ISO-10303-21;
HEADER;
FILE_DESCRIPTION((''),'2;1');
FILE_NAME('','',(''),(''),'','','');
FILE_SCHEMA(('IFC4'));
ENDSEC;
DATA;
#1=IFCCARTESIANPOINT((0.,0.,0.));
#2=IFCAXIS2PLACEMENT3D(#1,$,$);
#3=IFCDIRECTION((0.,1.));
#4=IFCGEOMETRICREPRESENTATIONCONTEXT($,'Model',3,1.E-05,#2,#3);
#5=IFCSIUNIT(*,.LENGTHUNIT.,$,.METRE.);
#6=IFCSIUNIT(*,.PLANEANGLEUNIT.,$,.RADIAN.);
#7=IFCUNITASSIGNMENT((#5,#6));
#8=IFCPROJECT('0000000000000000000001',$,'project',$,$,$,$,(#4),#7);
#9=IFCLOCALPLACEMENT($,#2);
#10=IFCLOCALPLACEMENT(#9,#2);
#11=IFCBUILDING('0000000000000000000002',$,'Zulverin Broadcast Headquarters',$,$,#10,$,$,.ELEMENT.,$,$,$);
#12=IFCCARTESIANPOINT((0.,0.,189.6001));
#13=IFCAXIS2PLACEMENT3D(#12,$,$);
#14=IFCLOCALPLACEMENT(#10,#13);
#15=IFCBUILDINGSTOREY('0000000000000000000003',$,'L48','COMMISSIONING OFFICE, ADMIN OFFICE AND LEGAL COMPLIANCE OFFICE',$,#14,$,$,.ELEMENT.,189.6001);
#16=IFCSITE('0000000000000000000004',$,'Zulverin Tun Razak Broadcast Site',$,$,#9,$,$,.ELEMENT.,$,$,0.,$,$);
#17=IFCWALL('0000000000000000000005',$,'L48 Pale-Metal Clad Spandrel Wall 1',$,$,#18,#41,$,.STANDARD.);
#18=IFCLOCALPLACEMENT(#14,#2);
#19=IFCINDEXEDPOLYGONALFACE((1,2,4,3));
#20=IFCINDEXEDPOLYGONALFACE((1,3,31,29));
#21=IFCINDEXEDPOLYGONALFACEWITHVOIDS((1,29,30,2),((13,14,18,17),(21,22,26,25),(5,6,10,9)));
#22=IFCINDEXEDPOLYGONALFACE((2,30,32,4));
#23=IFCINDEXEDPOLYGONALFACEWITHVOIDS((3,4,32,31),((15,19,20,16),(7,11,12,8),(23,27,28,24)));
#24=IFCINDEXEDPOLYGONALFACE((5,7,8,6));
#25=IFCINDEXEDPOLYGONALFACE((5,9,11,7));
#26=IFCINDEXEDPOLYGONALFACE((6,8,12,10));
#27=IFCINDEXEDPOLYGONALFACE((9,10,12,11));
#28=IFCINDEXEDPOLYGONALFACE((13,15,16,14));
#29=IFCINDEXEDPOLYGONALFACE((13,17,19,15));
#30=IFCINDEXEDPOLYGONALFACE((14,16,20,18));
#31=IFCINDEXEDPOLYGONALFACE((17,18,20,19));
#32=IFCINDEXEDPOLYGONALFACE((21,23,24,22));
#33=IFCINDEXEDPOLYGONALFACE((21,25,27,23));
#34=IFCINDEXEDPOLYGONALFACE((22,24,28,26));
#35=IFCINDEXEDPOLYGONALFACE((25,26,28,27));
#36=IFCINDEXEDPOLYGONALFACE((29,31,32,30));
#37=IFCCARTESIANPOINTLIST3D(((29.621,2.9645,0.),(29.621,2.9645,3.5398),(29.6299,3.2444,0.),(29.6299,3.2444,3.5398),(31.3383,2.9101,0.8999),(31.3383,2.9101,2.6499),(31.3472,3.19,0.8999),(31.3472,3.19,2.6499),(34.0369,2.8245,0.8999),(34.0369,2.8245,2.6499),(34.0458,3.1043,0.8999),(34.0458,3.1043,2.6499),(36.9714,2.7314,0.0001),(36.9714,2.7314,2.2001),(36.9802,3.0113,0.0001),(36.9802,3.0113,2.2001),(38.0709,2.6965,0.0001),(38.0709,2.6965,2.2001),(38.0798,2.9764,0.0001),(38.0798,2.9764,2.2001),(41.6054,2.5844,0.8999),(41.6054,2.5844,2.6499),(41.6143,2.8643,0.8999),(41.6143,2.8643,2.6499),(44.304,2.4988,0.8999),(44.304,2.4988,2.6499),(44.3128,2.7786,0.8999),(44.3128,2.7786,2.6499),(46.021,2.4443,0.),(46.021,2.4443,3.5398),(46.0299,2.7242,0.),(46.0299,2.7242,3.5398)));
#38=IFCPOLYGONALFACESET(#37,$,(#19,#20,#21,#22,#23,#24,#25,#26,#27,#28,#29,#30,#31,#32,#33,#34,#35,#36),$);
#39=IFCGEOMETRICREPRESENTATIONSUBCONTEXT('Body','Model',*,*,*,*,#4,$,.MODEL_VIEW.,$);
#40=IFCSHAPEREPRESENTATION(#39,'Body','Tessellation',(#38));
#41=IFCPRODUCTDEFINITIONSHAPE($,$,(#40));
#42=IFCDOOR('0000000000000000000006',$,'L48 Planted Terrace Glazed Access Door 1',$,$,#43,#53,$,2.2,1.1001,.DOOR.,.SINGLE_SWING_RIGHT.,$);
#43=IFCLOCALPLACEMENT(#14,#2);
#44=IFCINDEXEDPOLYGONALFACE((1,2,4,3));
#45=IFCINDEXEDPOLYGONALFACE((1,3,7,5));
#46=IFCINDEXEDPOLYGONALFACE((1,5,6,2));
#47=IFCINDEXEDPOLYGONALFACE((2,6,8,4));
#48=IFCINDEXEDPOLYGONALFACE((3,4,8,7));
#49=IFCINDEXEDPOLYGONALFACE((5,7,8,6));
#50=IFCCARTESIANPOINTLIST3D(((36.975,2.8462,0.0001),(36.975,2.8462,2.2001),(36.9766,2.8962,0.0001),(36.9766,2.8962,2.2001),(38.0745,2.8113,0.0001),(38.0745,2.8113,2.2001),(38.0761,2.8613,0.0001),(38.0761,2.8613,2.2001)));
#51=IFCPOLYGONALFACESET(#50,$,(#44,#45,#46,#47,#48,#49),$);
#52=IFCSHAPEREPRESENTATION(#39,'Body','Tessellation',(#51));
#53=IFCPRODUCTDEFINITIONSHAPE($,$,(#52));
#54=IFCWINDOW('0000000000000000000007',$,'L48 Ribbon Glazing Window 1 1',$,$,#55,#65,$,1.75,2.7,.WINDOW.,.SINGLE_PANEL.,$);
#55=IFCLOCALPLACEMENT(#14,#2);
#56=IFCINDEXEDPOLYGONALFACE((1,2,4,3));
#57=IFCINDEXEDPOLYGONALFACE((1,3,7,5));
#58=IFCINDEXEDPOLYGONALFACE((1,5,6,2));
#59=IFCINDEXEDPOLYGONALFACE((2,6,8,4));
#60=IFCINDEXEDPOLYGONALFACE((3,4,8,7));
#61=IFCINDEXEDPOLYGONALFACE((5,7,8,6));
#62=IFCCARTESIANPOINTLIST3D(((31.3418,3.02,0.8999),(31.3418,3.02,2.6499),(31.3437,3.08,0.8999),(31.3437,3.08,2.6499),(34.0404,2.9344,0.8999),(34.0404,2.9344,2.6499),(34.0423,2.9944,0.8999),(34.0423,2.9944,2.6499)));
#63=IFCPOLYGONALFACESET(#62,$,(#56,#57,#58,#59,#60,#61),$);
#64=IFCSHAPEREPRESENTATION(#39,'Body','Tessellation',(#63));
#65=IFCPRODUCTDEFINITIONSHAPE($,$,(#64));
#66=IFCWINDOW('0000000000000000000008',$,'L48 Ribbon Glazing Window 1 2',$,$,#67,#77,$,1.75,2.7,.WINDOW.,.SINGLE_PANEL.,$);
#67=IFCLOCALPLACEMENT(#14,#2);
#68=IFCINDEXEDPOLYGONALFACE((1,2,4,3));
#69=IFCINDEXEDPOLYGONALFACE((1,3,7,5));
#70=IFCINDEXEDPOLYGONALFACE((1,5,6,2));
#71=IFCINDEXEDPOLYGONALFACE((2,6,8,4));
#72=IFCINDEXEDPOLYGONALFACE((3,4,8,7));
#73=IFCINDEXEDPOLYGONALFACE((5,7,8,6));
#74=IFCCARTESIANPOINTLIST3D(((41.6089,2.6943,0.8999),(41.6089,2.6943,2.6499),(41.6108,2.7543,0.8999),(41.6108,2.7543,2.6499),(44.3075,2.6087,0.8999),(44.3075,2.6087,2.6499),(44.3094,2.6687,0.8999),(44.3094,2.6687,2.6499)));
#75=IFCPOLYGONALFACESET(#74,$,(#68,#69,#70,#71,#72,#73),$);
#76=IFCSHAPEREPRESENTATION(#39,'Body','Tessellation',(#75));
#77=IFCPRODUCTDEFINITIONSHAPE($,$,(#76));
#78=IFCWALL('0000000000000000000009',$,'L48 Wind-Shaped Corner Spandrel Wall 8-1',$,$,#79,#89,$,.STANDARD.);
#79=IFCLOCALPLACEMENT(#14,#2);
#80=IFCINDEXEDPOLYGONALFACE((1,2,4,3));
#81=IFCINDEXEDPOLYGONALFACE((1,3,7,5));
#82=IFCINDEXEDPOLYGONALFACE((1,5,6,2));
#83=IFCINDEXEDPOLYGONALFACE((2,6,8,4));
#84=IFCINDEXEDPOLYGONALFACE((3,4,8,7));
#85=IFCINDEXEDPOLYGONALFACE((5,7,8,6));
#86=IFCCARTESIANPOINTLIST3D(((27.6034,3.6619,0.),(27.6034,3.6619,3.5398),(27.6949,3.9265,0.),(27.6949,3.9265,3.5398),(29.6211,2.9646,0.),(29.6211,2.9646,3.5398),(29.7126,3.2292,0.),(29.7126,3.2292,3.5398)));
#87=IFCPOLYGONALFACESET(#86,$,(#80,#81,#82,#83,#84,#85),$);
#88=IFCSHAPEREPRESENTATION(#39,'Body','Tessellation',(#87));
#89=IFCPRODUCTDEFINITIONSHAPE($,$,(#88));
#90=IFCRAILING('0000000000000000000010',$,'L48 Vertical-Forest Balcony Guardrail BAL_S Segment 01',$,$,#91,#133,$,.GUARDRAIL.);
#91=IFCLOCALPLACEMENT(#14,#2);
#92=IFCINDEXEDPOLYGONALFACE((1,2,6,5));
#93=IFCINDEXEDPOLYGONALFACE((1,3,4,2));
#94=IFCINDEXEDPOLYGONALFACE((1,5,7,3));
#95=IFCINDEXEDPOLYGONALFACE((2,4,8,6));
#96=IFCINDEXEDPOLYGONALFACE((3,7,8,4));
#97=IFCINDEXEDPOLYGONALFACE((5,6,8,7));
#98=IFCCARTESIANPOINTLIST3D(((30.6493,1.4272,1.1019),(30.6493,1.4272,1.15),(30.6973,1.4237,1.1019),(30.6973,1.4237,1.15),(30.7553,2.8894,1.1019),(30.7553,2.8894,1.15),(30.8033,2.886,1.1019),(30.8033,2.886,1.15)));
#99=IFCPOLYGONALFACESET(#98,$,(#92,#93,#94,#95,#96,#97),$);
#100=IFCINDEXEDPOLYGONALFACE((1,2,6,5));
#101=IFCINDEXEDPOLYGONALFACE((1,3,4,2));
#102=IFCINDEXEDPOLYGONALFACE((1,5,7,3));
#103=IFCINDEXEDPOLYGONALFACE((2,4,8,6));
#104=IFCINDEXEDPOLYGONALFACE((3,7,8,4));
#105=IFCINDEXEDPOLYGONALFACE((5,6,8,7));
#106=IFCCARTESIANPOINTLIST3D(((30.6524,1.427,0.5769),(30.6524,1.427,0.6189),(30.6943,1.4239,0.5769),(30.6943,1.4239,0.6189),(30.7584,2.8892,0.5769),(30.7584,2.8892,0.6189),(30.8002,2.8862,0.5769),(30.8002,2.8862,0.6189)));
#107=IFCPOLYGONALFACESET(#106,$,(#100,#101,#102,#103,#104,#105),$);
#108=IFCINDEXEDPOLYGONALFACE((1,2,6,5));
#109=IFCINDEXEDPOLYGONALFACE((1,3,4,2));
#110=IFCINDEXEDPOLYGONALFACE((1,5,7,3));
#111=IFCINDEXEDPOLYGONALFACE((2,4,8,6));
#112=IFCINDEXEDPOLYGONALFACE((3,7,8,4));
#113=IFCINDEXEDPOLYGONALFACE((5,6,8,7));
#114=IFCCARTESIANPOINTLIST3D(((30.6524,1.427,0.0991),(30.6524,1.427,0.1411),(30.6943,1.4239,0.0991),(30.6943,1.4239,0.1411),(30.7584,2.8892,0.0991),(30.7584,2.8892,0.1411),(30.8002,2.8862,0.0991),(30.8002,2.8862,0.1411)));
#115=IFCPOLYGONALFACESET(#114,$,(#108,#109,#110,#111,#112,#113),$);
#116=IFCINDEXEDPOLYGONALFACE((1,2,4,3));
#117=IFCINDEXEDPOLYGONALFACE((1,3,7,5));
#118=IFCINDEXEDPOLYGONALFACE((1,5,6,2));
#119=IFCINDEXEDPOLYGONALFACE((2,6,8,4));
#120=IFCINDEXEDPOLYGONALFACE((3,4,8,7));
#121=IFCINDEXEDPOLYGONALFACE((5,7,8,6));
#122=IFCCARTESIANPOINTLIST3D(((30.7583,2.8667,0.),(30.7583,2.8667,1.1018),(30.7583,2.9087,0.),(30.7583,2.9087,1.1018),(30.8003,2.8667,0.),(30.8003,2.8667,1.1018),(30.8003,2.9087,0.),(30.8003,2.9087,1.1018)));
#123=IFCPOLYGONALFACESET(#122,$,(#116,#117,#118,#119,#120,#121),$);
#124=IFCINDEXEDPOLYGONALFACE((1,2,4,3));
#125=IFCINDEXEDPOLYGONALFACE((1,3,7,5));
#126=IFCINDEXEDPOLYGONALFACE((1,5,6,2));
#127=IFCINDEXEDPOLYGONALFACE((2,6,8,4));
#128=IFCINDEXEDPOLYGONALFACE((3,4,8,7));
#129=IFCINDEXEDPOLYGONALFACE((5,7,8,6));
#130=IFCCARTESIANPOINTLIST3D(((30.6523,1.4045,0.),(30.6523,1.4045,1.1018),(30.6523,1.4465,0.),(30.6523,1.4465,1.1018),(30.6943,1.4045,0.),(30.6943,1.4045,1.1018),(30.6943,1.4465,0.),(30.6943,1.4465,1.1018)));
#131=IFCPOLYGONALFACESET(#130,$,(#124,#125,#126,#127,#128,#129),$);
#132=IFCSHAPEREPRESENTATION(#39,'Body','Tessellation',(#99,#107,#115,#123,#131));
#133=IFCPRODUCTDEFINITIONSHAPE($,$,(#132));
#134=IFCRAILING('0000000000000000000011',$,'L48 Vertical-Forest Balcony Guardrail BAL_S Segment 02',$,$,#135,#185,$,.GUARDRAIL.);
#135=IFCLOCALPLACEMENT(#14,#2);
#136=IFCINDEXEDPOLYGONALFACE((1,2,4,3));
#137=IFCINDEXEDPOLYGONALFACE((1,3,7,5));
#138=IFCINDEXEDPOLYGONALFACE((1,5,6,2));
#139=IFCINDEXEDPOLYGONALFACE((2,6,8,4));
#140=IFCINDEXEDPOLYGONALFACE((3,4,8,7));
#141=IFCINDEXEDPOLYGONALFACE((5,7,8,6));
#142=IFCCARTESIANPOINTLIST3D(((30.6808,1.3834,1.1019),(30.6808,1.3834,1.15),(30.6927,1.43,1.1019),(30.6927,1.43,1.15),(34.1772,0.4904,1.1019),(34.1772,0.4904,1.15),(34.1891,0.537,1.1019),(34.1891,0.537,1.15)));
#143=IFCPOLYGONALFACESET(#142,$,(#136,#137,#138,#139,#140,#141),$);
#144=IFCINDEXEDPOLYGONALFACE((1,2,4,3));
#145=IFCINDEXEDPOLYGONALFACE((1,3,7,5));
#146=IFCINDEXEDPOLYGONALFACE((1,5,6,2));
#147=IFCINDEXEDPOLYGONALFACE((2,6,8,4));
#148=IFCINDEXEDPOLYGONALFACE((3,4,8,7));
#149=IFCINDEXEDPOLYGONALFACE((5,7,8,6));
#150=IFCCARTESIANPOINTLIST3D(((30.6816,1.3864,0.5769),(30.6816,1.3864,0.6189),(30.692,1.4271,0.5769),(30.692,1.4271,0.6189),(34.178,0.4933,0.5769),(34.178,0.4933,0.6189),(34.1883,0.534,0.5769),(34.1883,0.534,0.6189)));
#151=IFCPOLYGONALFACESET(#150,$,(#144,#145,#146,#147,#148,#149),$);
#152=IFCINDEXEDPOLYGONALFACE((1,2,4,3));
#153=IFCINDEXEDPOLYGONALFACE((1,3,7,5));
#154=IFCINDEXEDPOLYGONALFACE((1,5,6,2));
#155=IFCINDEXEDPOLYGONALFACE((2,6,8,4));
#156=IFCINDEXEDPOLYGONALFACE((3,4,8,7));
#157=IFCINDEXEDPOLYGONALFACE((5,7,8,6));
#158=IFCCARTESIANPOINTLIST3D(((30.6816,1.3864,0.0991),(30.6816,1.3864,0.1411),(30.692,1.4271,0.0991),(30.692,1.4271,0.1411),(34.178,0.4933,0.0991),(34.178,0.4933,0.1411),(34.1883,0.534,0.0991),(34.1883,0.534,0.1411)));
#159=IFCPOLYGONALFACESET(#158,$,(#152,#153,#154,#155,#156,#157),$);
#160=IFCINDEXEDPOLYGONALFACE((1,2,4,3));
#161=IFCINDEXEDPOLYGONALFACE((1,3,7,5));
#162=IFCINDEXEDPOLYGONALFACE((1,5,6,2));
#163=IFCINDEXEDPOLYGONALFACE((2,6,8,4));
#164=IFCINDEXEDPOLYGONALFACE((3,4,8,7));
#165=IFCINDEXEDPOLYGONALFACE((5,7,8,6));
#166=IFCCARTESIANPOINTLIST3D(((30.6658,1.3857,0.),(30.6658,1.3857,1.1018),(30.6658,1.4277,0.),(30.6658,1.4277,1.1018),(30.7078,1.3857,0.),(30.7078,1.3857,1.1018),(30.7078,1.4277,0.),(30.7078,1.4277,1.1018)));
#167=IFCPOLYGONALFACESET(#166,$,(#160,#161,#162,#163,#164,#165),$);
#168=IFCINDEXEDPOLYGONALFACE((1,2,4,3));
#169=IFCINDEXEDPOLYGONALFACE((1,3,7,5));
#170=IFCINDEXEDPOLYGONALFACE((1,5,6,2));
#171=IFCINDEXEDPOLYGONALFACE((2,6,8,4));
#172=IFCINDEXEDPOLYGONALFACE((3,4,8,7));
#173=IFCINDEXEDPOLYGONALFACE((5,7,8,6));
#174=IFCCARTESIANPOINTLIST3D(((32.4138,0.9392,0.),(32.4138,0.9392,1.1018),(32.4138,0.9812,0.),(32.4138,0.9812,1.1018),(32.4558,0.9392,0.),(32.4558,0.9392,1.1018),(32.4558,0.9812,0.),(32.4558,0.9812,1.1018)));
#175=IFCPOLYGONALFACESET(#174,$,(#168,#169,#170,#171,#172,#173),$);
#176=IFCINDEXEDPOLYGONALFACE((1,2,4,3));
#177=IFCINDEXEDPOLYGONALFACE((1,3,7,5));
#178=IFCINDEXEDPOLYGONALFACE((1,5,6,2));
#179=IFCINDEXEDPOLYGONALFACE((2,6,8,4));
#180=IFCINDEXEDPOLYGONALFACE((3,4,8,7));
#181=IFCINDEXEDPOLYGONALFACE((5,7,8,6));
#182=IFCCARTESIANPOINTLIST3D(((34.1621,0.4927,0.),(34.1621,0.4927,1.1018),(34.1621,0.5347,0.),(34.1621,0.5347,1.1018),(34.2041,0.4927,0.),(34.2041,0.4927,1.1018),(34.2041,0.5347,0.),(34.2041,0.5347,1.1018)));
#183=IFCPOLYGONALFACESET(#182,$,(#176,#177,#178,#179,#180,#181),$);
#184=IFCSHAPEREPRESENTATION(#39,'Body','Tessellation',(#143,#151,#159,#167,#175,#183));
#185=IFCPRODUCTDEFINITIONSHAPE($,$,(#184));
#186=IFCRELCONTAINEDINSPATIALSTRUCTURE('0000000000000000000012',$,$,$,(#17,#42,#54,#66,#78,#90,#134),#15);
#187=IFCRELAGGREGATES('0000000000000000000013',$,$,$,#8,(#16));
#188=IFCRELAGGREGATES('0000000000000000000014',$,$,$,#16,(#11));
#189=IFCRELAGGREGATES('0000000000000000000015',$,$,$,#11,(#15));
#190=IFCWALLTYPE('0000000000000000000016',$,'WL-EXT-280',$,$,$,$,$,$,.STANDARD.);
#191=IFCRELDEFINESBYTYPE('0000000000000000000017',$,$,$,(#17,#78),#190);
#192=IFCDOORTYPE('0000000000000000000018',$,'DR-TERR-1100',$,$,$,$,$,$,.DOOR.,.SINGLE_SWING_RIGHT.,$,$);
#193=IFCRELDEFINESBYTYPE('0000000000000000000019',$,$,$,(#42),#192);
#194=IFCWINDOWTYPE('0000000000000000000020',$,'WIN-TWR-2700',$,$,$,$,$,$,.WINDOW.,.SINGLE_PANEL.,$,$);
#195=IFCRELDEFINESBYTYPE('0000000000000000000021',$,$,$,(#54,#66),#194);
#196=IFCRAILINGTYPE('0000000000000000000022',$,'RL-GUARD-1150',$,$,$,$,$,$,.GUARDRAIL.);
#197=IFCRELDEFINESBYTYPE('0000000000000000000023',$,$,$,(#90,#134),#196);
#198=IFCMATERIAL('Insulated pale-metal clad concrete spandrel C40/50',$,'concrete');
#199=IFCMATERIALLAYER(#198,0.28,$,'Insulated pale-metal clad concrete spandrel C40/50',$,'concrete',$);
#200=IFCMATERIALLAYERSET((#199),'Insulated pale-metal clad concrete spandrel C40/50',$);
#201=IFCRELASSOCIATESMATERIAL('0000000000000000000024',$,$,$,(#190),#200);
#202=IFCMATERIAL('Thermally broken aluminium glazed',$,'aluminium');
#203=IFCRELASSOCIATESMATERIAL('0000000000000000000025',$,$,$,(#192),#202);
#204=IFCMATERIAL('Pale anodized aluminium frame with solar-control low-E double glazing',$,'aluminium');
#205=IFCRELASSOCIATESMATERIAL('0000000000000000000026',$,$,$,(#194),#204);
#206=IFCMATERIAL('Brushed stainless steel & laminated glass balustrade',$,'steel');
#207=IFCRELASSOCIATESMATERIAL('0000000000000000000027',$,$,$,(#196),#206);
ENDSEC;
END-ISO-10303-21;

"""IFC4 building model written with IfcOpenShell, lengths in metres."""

from ifc_helpers import new_model, si_unit, direction, frame, frame_2d, origin, origin_2d, place, context, subcontext, project, spatial, rectangle, extrude, material, layer, layer_set, type_object, element, fill, save


model = new_model("IFC4")

# Units and contexts
model_context = context("Model", 3, precision=1e-05, world=origin(), true_north=direction((0.0, 1.0)))
body_context = subcontext(model_context, "Body", "Model", "MODEL_VIEW")
ifc_project = project(units=[si_unit("LENGTHUNIT", "METRE"), si_unit("PLANEANGLEUNIT", "RADIAN")], contexts=[model_context])

# Site, building, storey
site_placement = place(None, origin())
site = spatial("IfcSite", under=ifc_project, at=site_placement, Name="Zulverin Tun Razak Broadcast Site", CompositionType="ELEMENT", RefElevation=0.0)
building_placement = place(site_placement, origin())
building = spatial("IfcBuilding", under=site, at=building_placement, Name="Zulverin Broadcast Headquarters", CompositionType="ELEMENT")
storey_placement = place(building_placement, frame((0.0, 0.0, 189.6001)))
storey = spatial("IfcBuildingStorey", under=building, at=storey_placement, Name="L48", Description="COMMISSIONING OFFICE, ADMIN OFFICE AND LEGAL COMPLIANCE OFFICE", CompositionType="ELEMENT", Elevation=189.6001)

# Wall, openings, door, windows
ifc_material_1 = material(Name="Insulated pale-metal clad concrete spandrel C40/50", Category="concrete")
ifc_layer_1 = layer(ifc_material_1, 0.28, Name="Insulated pale-metal clad concrete spandrel C40/50", Category="concrete")
ifc_layer_set_1 = layer_set([ifc_layer_1], Name="Insulated pale-metal clad concrete spandrel C40/50")
wall_type = type_object("IfcWallType", Name="WL-EXT-280", PredefinedType="STANDARD", material=ifc_layer_set_1)
wall_1_placement = place(storey_placement, frame((29.6255, 3.1045, 0.0), z_axis=(0.0, 0.0, 1.0), x_axis=(0.999497, -0.031708, 0.0)))
wall_1 = element("IfcWall", 1, at=wall_1_placement, inside=storey, type_object=wall_type, Name="L48 Pale-Metal Clad Spandrel Wall 1", PredefinedType="STANDARD", context=body_context, shape_type="SweptSolid", body=[
    extrude(rectangle(XDim=16.4082, YDim=0.28, at=frame_2d((8.2041, 0.0))), origin(), (0.0, 0.0, 1.0), 3.5398),
])
opening_1_placement = place(wall_1_placement, frame((7.354, 0.0, 0.0)))
opening_1 = element("IfcOpeningElement", 2, at=opening_1_placement, cuts=wall_1, PredefinedType="OPENING", context=body_context, shape_type="SweptSolid", body=[
    extrude(rectangle(XDim=1.1001, YDim=2.2, at=frame_2d((0.55, 1.1001))), frame((0.0, 0.1499, 0.0), z_axis=(0.0, -1.0, 0.0), x_axis=(1.0, 0.0, 0.0)), (0.0, 0.0, 1.0), 0.3),
])
opening_2_placement = place(wall_1_placement, frame((1.718, 0.0, 0.8999)))
opening_2 = element("IfcOpeningElement", 3, at=opening_2_placement, cuts=wall_1, PredefinedType="OPENING", context=body_context, shape_type="SweptSolid", body=[
    extrude(rectangle(XDim=2.7, YDim=1.75, at=frame_2d((1.3501, 0.875))), frame((0.0, 0.1499, 0.0), z_axis=(0.0, -1.0, 0.0), x_axis=(1.0, 0.0, 0.0)), (0.0, 0.0, 1.0), 0.3),
])
opening_3_placement = place(wall_1_placement, frame((11.9902, 0.0, 0.8999)))
opening_3 = element("IfcOpeningElement", 4, at=opening_3_placement, cuts=wall_1, PredefinedType="OPENING", context=body_context, shape_type="SweptSolid", body=[
    extrude(rectangle(XDim=2.7, YDim=1.75, at=frame_2d((1.3501, 0.875))), frame((0.0, 0.1499, 0.0), z_axis=(0.0, -1.0, 0.0), x_axis=(1.0, 0.0, 0.0)), (0.0, 0.0, 1.0), 0.3),
])
ifc_material_2 = material(Name="Thermally broken aluminium glazed", Category="aluminium")
door_type = type_object("IfcDoorType", Name="DR-TERR-1100", OperationType="SINGLE_SWING_RIGHT", PredefinedType="DOOR", material=ifc_material_2)
door_placement = place(opening_1_placement, origin())
door = element("IfcDoor", 5, at=door_placement, inside=storey, type_object=door_type, Name="L48 Planted Terrace Glazed Access Door 1", OperationType="SINGLE_SWING_RIGHT", OverallHeight=2.2, OverallWidth=1.1001, PredefinedType="DOOR", context=body_context, shape_type="SweptSolid", body=[
    extrude(rectangle(XDim=1.1001, YDim=2.2, at=frame_2d((0.55, 1.1001))), frame((0.0, 0.0249, 0.0), z_axis=(0.0, -1.0, 0.0), x_axis=(1.0, 0.0, 0.0)), (0.0, 0.0, 1.0), 0.05),
])
fill(opening_1, door)
ifc_material_3 = material(Name="Pale anodized aluminium frame with solar-control low-E double glazing", Category="aluminium")
window_type = type_object("IfcWindowType", Name="WIN-TWR-2700", PartitioningType="SINGLE_PANEL", PredefinedType="WINDOW", material=ifc_material_3)
window_1_placement = place(opening_2_placement, origin())
window_1 = element("IfcWindow", 6, at=window_1_placement, inside=storey, type_object=window_type, Name="L48 Ribbon Glazing Window 1 1", OverallHeight=1.75, OverallWidth=2.7, PartitioningType="SINGLE_PANEL", PredefinedType="WINDOW", context=body_context, shape_type="SweptSolid", body=[
    extrude(rectangle(XDim=2.7, YDim=1.75, at=frame_2d((1.3501, 0.875))), frame((0.0, 0.03, 0.0), z_axis=(0.0, -1.0, 0.0), x_axis=(1.0, 0.0, 0.0)), (0.0, 0.0, 1.0), 0.0601),
])
fill(opening_2, window_1)
window_2_placement = place(opening_3_placement, origin())
window_2 = element("IfcWindow", 7, at=window_2_placement, inside=storey, type_object=window_type, Name="L48 Ribbon Glazing Window 1 2", OverallHeight=1.75, OverallWidth=2.7, PartitioningType="SINGLE_PANEL", PredefinedType="WINDOW", context=body_context, shape_type="SweptSolid", body=[
    extrude(rectangle(XDim=2.7, YDim=1.75, at=frame_2d((1.3501, 0.875))), frame((0.0, 0.03, 0.0), z_axis=(0.0, -1.0, 0.0), x_axis=(1.0, 0.0, 0.0)), (0.0, 0.0, 1.0), 0.0601),
])
fill(opening_3, window_2)

# Wall
wall_2_placement = place(storey_placement, frame((27.6492, 3.7942, 0.0), z_axis=(0.0, 0.0, 1.0), x_axis=(0.945149, -0.326639, 0.0)))
element("IfcWall", 8, at=wall_2_placement, inside=storey, type_object=wall_type, Name="L48 Wind-Shaped Corner Spandrel Wall 8-1", PredefinedType="STANDARD", context=body_context, shape_type="SweptSolid", body=[
    extrude(rectangle(XDim=2.1348, YDim=0.28, at=frame_2d((1.0674, 0.0))), origin(), (0.0, 0.0, 1.0), 3.5398),
])

# Railings
ifc_material_4 = material(Name="Brushed stainless steel & laminated glass balustrade", Category="steel")
railing_type = type_object("IfcRailingType", Name="RL-GUARD-1150", PredefinedType="GUARDRAIL", material=ifc_material_4)
railing_1_placement = place(storey_placement, frame((30.7793, 2.8877, 0.0)))
element("IfcRailing", 9, at=railing_1_placement, inside=storey, type_object=railing_type, Name="L48 Vertical-Forest Balcony Guardrail BAL_S Segment 01", PredefinedType="GUARDRAIL", context=body_context, shape_type="SweptSolid", body=[
    extrude(rectangle(XDim=0.0481, YDim=0.0481, at=origin_2d()), frame((0.0, 0.0, 1.126), z_axis=(-0.072277, -0.997385, 0.0), x_axis=(0.997385, -0.072277, 0.0)), (0.0, 0.0, 1.0), 1.4661),
    extrude(rectangle(XDim=0.042, YDim=0.042, at=origin_2d()), frame((0.0, 0.0, 0.5979), z_axis=(-0.072277, -0.997385, 0.0), x_axis=(0.997385, -0.072277, 0.0)), (0.0, 0.0, 1.0), 1.4661),
    extrude(rectangle(XDim=0.042, YDim=0.042, at=origin_2d()), frame((0.0, 0.0, 0.1201), z_axis=(-0.072277, -0.997385, 0.0), x_axis=(0.997385, -0.072277, 0.0)), (0.0, 0.0, 1.0), 1.4661),
    extrude(rectangle(XDim=0.042, YDim=0.042, at=origin_2d()), origin(), (0.0, 0.0, 1.0), 1.1018),
    extrude(rectangle(XDim=0.042, YDim=0.042, at=origin_2d()), frame((-0.106, -1.4622, 0.0)), (0.0, 0.0, 1.0), 1.1018),
])
railing_2_placement = place(storey_placement, frame((30.6868, 1.4067, 0.0)))
element("IfcRailing", 10, at=railing_2_placement, inside=storey, type_object=railing_type, Name="L48 Vertical-Forest Balcony Guardrail BAL_S Segment 02", PredefinedType="GUARDRAIL", context=body_context, shape_type="SweptSolid", body=[
    extrude(rectangle(XDim=0.0481, YDim=0.0481, at=origin_2d()), frame((0.0, 0.0, 1.126), z_axis=(0.968892, -0.247483, 0.0), x_axis=(0.247483, 0.968892, 0.0)), (0.0, 0.0, 1.0), 3.6086),
    extrude(rectangle(XDim=0.042, YDim=0.042, at=origin_2d()), frame((0.0, 0.0, 0.5979), z_axis=(0.968892, -0.247483, 0.0), x_axis=(0.247483, 0.968892, 0.0)), (0.0, 0.0, 1.0), 3.6086),
    extrude(rectangle(XDim=0.042, YDim=0.042, at=origin_2d()), frame((0.0, 0.0, 0.1201), z_axis=(0.968892, -0.247483, 0.0), x_axis=(0.247483, 0.968892, 0.0)), (0.0, 0.0, 1.0), 3.6086),
    extrude(rectangle(XDim=0.042, YDim=0.042, at=origin_2d()), origin(), (0.0, 0.0, 1.0), 1.1018),
    extrude(rectangle(XDim=0.042, YDim=0.042, at=origin_2d()), frame((1.748, -0.4465, 0.0)), (0.0, 0.0, 1.0), 1.1018),
    extrude(rectangle(XDim=0.042, YDim=0.042, at=origin_2d()), frame((3.4963, -0.8931, 0.0)), (0.0, 0.0, 1.0), 1.1018),
])

save(model, "model.ifc")
